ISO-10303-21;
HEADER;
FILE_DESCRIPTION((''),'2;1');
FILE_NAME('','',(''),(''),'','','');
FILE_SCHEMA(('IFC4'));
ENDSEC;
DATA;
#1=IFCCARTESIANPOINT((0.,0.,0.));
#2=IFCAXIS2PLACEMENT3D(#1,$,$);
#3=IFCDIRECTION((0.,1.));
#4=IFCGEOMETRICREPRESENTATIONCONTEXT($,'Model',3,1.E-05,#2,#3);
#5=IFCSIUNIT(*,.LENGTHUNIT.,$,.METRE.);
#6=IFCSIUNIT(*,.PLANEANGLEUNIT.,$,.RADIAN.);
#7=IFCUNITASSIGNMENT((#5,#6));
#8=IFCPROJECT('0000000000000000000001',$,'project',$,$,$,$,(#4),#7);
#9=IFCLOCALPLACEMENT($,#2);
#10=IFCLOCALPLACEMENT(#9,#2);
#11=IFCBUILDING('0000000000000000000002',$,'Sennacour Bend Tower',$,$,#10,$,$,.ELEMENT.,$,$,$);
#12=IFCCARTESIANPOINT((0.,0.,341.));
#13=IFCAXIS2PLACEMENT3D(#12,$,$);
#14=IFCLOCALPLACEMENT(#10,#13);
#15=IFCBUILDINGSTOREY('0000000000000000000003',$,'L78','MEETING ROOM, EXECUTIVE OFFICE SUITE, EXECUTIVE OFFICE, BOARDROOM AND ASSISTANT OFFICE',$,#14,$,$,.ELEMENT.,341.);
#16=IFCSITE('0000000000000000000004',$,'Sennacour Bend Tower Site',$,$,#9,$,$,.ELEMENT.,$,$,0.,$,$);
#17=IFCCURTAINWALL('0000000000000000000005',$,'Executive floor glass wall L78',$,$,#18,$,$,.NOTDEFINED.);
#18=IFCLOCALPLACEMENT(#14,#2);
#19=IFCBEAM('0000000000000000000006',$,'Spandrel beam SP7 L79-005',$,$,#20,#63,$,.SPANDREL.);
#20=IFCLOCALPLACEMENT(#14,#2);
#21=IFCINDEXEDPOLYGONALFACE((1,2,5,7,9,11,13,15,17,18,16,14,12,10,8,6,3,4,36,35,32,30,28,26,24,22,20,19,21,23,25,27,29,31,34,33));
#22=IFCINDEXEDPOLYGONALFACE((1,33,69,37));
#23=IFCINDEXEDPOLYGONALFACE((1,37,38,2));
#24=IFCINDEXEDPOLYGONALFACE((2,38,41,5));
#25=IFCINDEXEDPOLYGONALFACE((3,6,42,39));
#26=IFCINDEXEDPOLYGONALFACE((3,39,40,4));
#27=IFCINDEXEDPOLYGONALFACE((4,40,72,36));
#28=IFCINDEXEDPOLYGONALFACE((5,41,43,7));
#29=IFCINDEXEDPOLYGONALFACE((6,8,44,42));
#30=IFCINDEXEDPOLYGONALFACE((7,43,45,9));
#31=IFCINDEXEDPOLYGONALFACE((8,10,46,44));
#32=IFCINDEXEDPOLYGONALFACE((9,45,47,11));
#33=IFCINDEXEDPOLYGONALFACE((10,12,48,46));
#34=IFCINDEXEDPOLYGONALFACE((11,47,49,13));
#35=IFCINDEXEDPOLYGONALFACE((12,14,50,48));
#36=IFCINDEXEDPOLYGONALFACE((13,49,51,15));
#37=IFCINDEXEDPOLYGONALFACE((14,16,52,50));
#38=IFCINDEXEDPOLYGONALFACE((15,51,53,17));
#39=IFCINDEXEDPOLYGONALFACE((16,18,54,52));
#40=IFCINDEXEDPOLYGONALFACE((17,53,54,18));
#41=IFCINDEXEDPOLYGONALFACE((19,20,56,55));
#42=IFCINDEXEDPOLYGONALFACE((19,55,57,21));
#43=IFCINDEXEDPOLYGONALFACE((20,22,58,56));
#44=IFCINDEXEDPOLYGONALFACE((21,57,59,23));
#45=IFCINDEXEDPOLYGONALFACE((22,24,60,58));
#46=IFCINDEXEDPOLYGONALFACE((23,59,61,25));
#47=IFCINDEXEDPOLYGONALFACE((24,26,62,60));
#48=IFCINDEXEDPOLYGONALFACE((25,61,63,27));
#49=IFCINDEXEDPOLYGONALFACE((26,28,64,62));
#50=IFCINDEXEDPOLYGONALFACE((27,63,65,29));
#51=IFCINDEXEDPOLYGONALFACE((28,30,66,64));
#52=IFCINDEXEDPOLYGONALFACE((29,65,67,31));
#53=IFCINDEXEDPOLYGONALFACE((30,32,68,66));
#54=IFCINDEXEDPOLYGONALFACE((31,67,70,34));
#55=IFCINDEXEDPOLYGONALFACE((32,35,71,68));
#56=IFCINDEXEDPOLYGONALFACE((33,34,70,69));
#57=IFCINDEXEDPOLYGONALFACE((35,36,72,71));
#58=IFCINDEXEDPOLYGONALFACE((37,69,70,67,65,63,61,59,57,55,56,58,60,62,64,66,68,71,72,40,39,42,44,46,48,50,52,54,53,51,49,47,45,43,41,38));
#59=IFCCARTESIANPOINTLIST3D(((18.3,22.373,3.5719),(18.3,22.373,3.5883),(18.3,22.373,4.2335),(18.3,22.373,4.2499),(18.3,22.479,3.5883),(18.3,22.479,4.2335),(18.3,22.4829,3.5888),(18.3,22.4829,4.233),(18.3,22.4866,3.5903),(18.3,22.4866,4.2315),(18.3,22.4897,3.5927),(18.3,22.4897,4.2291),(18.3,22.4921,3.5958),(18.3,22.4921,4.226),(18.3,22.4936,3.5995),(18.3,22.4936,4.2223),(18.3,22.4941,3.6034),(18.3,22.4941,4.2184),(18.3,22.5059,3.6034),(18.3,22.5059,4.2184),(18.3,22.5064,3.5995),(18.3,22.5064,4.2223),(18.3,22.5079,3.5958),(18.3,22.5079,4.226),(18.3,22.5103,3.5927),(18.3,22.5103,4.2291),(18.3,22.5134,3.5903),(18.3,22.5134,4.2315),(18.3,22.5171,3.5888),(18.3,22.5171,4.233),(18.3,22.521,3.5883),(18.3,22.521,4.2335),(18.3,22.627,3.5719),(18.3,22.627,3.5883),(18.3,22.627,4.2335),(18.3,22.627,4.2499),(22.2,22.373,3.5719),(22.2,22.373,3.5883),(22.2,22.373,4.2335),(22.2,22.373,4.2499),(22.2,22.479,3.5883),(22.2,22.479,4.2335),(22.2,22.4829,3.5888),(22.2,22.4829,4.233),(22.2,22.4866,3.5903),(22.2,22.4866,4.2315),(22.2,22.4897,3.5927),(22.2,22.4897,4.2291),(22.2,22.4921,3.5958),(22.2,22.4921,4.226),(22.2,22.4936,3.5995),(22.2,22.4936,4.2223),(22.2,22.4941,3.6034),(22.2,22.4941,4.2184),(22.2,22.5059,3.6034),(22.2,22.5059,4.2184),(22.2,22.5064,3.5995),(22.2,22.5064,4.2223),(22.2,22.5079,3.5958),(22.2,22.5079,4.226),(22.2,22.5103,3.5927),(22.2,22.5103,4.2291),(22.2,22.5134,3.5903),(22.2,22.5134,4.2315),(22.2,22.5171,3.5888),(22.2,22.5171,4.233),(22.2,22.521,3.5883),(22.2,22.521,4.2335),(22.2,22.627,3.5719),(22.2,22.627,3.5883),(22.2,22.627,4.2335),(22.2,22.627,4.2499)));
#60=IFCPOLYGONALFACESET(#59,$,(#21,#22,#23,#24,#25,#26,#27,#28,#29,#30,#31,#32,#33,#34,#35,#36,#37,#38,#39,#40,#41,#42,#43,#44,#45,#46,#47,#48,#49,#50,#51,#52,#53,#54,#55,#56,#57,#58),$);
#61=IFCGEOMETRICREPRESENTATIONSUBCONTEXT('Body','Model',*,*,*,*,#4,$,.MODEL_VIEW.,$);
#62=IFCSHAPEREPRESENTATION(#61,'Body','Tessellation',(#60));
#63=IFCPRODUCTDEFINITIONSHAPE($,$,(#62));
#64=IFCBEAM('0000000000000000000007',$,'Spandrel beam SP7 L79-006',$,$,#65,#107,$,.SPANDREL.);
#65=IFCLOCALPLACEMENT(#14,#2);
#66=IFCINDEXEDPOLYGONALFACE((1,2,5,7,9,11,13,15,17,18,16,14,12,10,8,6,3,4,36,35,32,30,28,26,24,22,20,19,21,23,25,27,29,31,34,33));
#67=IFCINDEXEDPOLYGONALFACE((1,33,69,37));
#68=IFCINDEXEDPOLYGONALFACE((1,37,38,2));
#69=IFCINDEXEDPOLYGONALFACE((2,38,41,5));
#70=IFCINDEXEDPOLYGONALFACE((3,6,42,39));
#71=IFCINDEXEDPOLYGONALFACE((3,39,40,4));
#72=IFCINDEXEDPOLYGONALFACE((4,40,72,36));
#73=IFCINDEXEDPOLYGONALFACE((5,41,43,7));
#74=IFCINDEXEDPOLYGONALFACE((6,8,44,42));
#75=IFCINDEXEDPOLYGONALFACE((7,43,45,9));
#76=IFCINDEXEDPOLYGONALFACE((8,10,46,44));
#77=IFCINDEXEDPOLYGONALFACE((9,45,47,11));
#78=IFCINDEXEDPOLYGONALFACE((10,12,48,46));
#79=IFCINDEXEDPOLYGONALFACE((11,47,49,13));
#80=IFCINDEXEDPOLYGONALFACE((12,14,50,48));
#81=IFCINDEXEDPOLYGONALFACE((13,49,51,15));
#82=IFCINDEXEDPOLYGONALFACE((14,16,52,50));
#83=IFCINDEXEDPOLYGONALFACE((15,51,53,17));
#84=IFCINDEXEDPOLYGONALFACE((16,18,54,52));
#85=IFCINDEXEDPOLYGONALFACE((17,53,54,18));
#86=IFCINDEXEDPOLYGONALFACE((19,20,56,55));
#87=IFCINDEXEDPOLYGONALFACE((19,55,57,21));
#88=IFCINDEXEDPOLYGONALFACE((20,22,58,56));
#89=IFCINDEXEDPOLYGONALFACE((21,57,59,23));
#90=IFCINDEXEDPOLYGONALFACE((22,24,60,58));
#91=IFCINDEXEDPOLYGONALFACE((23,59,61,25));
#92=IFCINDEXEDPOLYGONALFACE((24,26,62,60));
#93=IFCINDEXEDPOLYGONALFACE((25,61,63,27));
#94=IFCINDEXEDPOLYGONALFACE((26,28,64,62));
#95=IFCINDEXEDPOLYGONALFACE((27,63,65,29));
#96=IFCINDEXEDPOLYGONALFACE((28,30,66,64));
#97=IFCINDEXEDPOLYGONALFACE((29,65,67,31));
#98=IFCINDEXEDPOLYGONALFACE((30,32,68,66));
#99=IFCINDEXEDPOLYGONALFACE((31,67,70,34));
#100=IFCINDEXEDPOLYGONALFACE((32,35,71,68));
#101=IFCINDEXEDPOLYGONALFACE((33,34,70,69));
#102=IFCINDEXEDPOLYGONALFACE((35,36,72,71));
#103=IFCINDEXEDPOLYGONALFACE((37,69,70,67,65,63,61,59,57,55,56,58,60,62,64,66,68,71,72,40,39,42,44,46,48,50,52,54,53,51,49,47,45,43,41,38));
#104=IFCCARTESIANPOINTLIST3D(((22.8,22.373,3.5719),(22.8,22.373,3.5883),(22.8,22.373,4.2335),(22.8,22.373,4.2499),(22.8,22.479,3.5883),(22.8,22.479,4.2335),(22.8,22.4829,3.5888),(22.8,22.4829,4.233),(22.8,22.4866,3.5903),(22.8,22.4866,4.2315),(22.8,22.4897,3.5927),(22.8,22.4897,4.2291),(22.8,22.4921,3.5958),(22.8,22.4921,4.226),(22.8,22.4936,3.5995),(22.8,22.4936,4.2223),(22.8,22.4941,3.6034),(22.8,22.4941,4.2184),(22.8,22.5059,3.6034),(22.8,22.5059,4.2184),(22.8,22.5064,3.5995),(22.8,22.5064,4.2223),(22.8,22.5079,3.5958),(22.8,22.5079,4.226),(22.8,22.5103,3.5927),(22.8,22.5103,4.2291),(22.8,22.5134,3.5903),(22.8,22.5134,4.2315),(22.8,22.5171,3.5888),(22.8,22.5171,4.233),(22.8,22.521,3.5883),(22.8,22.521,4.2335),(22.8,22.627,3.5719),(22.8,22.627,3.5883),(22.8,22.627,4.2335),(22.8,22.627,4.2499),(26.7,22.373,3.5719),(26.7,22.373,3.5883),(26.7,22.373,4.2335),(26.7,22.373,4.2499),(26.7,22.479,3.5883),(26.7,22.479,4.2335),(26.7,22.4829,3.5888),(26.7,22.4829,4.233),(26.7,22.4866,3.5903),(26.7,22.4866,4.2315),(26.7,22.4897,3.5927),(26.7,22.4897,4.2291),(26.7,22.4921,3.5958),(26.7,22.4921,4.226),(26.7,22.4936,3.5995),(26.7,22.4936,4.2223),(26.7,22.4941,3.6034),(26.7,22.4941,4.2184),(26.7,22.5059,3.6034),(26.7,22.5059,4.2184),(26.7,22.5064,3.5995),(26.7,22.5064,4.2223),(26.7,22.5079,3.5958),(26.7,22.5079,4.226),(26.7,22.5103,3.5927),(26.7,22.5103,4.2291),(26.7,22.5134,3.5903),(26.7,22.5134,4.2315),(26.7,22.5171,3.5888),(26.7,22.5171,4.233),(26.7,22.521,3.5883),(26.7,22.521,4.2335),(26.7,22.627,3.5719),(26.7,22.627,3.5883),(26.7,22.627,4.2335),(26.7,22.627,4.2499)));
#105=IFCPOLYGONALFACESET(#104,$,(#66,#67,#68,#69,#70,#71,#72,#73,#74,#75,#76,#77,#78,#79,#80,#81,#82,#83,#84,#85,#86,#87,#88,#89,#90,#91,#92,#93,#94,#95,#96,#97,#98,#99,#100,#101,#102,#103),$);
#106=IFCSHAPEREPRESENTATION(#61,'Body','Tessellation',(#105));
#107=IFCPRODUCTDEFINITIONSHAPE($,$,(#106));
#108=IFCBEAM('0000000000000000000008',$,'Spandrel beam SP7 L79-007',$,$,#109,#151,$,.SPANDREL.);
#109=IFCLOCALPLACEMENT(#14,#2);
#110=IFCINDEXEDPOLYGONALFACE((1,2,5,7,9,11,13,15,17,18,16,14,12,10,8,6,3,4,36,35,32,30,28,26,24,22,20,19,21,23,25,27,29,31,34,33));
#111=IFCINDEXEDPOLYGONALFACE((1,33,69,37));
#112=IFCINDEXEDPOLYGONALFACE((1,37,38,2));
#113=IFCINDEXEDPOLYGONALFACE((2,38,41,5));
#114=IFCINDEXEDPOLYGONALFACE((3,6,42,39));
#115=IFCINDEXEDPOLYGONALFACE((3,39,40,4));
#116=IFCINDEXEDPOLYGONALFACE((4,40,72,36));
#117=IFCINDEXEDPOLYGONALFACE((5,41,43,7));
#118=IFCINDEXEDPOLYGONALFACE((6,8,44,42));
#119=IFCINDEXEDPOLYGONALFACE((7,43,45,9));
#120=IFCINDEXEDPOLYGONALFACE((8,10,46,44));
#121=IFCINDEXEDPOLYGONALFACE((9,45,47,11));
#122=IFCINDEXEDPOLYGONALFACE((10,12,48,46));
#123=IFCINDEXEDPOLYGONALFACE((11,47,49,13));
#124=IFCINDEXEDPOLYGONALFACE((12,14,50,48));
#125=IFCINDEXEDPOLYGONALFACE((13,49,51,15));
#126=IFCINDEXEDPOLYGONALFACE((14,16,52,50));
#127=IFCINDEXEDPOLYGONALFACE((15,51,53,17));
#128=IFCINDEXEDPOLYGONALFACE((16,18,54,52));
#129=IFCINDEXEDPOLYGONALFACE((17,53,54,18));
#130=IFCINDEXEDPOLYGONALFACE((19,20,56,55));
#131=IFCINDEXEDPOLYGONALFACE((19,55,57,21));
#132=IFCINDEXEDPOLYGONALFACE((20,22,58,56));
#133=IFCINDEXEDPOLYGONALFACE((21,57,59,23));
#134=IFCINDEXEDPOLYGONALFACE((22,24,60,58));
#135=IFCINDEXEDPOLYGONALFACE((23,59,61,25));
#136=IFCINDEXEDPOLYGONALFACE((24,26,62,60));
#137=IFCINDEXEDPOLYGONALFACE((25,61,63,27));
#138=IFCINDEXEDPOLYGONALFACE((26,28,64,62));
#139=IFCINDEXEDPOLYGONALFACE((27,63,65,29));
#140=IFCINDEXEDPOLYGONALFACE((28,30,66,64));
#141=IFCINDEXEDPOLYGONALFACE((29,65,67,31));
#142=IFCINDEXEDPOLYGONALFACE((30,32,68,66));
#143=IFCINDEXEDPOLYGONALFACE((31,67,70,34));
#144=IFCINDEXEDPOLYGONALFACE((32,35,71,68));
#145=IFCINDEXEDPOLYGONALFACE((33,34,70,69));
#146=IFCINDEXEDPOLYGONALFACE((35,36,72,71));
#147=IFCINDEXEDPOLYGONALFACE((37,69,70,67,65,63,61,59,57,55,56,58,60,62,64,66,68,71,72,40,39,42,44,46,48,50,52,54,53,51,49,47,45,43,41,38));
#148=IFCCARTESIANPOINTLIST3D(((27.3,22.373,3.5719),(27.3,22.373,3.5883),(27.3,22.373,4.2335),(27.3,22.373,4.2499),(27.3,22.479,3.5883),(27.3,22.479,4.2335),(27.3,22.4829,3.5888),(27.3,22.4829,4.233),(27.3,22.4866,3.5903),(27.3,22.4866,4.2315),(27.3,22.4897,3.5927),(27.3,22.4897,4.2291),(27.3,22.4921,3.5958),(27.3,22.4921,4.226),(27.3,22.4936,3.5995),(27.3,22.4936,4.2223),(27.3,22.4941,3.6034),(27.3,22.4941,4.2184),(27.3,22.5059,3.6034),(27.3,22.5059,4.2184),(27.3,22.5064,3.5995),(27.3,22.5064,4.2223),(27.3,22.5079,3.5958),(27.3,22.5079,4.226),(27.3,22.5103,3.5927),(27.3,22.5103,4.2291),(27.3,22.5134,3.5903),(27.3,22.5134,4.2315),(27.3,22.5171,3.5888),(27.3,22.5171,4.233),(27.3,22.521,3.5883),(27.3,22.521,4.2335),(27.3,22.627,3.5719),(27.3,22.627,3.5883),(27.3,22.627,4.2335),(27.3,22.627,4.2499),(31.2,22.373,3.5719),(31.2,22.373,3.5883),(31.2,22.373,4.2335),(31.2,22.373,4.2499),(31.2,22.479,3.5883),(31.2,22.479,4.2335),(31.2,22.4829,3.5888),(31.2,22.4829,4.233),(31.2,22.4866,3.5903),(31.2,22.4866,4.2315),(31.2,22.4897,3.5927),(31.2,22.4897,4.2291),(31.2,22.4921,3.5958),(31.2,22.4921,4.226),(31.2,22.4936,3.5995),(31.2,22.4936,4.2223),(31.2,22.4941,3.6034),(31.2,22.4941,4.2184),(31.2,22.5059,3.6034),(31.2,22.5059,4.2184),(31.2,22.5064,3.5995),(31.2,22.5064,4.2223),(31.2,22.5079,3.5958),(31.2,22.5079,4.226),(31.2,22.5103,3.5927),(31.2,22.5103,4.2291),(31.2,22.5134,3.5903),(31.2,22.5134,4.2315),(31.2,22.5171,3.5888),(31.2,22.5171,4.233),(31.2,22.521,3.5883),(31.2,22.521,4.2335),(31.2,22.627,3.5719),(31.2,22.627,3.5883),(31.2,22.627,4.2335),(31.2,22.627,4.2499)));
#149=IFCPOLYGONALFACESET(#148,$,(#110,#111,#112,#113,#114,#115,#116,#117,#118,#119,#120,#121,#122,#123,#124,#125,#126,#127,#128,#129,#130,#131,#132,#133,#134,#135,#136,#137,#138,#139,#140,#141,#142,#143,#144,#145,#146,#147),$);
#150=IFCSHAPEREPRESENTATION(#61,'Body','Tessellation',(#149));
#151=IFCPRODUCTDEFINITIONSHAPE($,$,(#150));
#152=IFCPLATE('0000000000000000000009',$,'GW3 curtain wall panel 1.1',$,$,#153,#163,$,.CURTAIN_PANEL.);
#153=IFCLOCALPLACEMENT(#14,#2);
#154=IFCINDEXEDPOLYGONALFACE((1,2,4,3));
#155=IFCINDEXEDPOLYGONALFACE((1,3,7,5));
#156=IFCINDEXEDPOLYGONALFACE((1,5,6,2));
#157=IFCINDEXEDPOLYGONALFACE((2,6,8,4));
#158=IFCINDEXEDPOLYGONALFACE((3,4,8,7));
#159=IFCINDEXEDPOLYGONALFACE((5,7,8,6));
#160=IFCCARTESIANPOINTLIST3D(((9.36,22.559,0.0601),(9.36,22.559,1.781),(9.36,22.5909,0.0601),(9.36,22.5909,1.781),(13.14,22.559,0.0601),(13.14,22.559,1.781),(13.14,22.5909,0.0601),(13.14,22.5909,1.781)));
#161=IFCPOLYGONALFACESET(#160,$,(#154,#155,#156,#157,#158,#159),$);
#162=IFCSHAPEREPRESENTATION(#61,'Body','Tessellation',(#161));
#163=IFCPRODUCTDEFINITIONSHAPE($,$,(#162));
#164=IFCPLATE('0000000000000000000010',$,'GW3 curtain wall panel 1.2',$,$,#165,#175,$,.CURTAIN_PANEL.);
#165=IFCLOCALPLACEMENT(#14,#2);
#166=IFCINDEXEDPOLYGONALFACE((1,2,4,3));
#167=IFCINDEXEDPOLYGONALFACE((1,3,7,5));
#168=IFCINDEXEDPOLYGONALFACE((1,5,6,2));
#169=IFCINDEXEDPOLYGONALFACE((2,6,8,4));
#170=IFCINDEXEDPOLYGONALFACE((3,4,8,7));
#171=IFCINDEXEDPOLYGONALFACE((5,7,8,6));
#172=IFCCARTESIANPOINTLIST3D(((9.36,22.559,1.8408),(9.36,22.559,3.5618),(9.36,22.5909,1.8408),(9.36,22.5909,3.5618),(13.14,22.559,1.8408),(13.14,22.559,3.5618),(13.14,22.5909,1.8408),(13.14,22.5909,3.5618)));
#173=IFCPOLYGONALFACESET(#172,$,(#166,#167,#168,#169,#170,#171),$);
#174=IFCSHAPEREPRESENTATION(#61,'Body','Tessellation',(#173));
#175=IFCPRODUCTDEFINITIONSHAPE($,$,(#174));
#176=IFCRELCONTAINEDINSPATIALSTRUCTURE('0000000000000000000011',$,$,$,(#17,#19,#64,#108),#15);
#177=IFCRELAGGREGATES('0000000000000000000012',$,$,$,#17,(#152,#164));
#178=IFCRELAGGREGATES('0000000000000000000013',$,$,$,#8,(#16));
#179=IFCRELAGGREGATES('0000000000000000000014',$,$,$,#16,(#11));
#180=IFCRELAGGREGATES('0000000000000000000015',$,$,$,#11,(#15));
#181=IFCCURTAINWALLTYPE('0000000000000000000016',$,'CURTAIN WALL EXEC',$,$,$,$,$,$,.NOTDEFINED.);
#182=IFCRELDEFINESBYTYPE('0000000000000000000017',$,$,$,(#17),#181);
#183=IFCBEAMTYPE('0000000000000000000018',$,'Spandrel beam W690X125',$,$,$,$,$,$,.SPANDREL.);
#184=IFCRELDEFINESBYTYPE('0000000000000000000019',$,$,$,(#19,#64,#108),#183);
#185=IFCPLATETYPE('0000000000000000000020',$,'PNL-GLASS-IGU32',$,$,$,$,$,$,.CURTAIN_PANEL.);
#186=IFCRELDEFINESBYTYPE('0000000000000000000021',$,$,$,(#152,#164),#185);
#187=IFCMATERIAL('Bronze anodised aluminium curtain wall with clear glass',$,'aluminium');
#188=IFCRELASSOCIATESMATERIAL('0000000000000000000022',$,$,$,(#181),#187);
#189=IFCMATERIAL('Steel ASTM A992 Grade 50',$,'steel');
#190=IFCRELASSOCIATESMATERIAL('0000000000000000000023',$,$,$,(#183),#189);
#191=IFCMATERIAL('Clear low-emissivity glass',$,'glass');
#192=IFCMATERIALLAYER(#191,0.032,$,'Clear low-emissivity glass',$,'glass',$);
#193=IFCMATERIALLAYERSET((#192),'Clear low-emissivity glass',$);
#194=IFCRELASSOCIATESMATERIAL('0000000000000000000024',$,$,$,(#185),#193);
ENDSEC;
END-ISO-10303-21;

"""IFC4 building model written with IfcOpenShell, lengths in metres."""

from ifc_helpers import new_model, si_unit, direction, frame, origin, origin_2d, place, context, subcontext, project, spatial, rectangle, i_section, extrude, material, layer, layer_set, material_profile, profile_set, type_object, element, aggregate, save


model = new_model("IFC4")

# Units and contexts
model_context = context("Model", 3, precision=1e-05, world=origin(), true_north=direction((0.0, 1.0)))
body_context = subcontext(model_context, "Body", "Model", "MODEL_VIEW")
ifc_project = project(units=[si_unit("LENGTHUNIT", "METRE"), si_unit("PLANEANGLEUNIT", "RADIAN")], contexts=[model_context])

# Site, building, storey
site_placement = place(None, origin())
site = spatial("IfcSite", under=ifc_project, at=site_placement, Name="Sennacour Bend Tower Site", CompositionType="ELEMENT", RefElevation=0.0)
building_placement = place(site_placement, origin())
building = spatial("IfcBuilding", under=site, at=building_placement, Name="Sennacour Bend Tower", CompositionType="ELEMENT")
storey_placement = place(building_placement, frame((0.0, 0.0, 341.0)))
storey = spatial("IfcBuildingStorey", under=building, at=storey_placement, Name="L78", Description="MEETING ROOM, EXECUTIVE OFFICE SUITE, EXECUTIVE OFFICE, BOARDROOM AND ASSISTANT OFFICE", CompositionType="ELEMENT", Elevation=341.0)

# Curtain wall
ifc_material_1 = material(Name="Bronze anodised aluminium curtain wall with clear glass", Category="aluminium")
curtain_wall_type = type_object("IfcCurtainWallType", Name="CURTAIN WALL EXEC", PredefinedType="NOTDEFINED", material=ifc_material_1)
curtain_wall_placement = place(storey_placement, origin())
curtain_wall = element("IfcCurtainWall", 1, at=curtain_wall_placement, inside=storey, type_object=curtain_wall_type, Name="Executive floor glass wall L78", PredefinedType="NOTDEFINED")

# Beams
ifc_material_2 = material(Name="Steel ASTM A992 Grade 50", Category="steel")
ifc_material_profile_1 = material_profile(ifc_material_2, i_section(OverallWidth=0.2539, OverallDepth=0.678, WebThickness=0.0117, FlangeThickness=0.0164, FilletRadius=0.0151, at=origin_2d()), Name="Steel ASTM A992 Grade 50", Category="steel")
ifc_profile_set_1 = profile_set([ifc_material_profile_1], Name="Steel ASTM A992 Grade 50")
beam_type = type_object("IfcBeamType", Name="Spandrel beam W690X125", PredefinedType="SPANDREL", material=ifc_profile_set_1)
for number, where, z_axis, x_axis, name in (
    (2, (18.3, 22.5, 3.9109), (1.0, 0.0, 0.0), (0.0, 1.0, 0.0), "Spandrel beam SP7 L79-005"),
    (3, (22.8, 22.5, 3.9109), (1.0, 0.0, 0.0), (0.0, 1.0, 0.0), "Spandrel beam SP7 L79-006"),
    (4, (27.3, 22.5, 3.9109), (1.0, 0.0, 0.0), (0.0, 1.0, 0.0), "Spandrel beam SP7 L79-007"),
):
    element("IfcBeam", number, at=place(storey_placement, frame(where, z_axis=z_axis, x_axis=x_axis)), inside=storey, type_object=beam_type, Name=name, PredefinedType="SPANDREL", context=body_context, shape_type="SweptSolid", body=[
        extrude(i_section(OverallWidth=0.2539, OverallDepth=0.678, WebThickness=0.0117, FlangeThickness=0.0164, FilletRadius=0.0151, at=origin_2d()), origin(), (0.0, 0.0, 1.0), 3.8999),
    ])

# Plates
ifc_material_3 = material(Name="Clear low-emissivity glass", Category="glass")
ifc_layer = layer(ifc_material_3, 0.032, Name="Clear low-emissivity glass", Category="glass")
ifc_layer_set = layer_set([ifc_layer], Name="Clear low-emissivity glass")
plate_type = type_object("IfcPlateType", Name="PNL-GLASS-IGU32", PredefinedType="CURTAIN_PANEL", material=ifc_layer_set)
plate_1_placement = place(storey_placement, frame((11.25, 22.575, 0.0601), z_axis=(0.0, 0.0, 1.0), x_axis=(-1.0, 0.0, 0.0)))
plate_1 = element("IfcPlate", 5, at=plate_1_placement, type_object=plate_type, Name="GW3 curtain wall panel 1.1", PredefinedType="CURTAIN_PANEL", context=body_context, shape_type="SweptSolid", body=[
    extrude(rectangle(XDim=3.78, YDim=0.032, at=origin_2d()), origin(), (0.0, 0.0, 1.0), 1.7209),
])
plate_2_placement = place(storey_placement, frame((11.25, 22.575, 1.8408), z_axis=(0.0, 0.0, 1.0), x_axis=(-1.0, 0.0, 0.0)))
plate_2 = element("IfcPlate", 6, at=plate_2_placement, type_object=plate_type, Name="GW3 curtain wall panel 1.2", PredefinedType="CURTAIN_PANEL", context=body_context, shape_type="SweptSolid", body=[
    extrude(rectangle(XDim=3.78, YDim=0.032, at=origin_2d()), origin(), (0.0, 0.0, 1.0), 1.7209),
])
aggregate(curtain_wall, [plate_1, plate_2])

save(model, "model.ifc")
